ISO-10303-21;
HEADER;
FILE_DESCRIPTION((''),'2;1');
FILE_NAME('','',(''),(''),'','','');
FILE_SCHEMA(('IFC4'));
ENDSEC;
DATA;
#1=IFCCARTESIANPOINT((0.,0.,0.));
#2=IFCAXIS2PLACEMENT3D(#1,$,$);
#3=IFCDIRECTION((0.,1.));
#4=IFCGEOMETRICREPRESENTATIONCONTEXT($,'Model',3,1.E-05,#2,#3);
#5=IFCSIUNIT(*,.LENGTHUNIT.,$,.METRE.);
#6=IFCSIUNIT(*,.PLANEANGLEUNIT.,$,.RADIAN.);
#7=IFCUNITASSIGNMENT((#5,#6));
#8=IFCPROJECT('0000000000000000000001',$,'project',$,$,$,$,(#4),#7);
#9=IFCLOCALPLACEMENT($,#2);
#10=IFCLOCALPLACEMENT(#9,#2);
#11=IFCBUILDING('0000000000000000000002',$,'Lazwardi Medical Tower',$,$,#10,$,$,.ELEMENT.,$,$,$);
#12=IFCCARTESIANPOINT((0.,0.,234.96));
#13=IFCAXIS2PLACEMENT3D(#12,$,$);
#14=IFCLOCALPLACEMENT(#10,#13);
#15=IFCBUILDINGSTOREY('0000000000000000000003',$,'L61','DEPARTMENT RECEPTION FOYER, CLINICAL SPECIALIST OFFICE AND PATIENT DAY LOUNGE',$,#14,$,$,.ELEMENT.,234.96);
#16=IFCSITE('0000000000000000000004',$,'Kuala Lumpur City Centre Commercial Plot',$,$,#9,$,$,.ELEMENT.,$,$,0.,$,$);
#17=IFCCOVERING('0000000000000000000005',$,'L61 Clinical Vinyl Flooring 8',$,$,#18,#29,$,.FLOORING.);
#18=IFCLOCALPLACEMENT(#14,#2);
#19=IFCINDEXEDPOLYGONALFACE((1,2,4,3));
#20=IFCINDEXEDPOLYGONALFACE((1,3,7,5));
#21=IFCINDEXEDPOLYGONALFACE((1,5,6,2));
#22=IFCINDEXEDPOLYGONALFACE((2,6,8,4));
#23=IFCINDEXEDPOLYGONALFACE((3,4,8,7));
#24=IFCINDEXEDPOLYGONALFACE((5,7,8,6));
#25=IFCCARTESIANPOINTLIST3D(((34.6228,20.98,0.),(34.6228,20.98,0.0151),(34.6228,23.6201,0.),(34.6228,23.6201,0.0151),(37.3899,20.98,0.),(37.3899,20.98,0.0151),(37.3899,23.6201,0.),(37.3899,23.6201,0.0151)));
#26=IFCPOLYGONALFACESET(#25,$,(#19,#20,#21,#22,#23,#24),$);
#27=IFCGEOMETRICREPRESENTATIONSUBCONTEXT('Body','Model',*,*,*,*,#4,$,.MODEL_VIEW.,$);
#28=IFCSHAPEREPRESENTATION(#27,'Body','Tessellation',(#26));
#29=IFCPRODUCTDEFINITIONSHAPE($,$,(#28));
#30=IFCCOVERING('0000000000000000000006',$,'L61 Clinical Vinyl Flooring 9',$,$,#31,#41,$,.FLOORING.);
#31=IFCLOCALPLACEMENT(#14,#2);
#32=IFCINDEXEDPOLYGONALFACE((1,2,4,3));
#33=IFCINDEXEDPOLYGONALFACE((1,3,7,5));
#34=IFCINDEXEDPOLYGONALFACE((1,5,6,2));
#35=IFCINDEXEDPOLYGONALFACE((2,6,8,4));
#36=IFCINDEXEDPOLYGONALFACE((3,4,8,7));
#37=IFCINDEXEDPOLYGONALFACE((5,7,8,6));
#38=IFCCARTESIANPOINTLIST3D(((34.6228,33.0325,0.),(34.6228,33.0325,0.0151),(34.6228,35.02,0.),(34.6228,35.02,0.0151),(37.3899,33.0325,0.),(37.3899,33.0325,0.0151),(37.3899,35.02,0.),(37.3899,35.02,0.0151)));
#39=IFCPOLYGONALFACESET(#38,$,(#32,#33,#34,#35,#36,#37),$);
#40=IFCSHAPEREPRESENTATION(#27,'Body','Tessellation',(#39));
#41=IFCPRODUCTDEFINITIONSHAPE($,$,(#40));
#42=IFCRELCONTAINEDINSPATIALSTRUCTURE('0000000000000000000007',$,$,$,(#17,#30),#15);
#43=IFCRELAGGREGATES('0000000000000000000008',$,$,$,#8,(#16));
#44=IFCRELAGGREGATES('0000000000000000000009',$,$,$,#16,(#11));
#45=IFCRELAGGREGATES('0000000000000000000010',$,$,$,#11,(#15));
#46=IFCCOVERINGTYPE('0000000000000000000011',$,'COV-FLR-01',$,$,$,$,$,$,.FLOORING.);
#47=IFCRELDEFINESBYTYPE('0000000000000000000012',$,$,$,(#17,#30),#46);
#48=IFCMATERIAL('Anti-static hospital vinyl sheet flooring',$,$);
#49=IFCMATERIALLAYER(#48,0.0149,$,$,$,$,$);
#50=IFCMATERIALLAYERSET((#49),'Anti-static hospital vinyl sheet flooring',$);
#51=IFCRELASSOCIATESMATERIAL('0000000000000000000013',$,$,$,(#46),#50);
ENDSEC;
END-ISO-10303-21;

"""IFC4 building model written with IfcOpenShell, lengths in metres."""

from ifc_helpers import new_model, si_unit, direction, frame, origin, place, context, subcontext, project, spatial, polyline, outline, extrude, material, layer, layer_set, type_object, element, save


model = new_model("IFC4")

# Units and contexts
model_context = context("Model", 3, precision=1e-05, world=origin(), true_north=direction((0.0, 1.0)))
body_context = subcontext(model_context, "Body", "Model", "MODEL_VIEW")
ifc_project = project(units=[si_unit("LENGTHUNIT", "METRE"), si_unit("PLANEANGLEUNIT", "RADIAN")], contexts=[model_context])

# Site, building, storey
site_placement = place(None, origin())
site = spatial("IfcSite", under=ifc_project, at=site_placement, Name="Kuala Lumpur City Centre Commercial Plot", CompositionType="ELEMENT", RefElevation=0.0)
building_placement = place(site_placement, origin())
building = spatial("IfcBuilding", under=site, at=building_placement, Name="Lazwardi Medical Tower", CompositionType="ELEMENT")
storey_placement = place(building_placement, frame((0.0, 0.0, 234.96)))
storey = spatial("IfcBuildingStorey", under=building, at=storey_placement, Name="L61", Description="DEPARTMENT RECEPTION FOYER, CLINICAL SPECIALIST OFFICE AND PATIENT DAY LOUNGE", CompositionType="ELEMENT", Elevation=234.96)

# Coverings
ifc_material_1 = material(Name="Anti-static hospital vinyl sheet flooring")
ifc_layer_1 = layer(ifc_material_1, 0.0149)
ifc_layer_set_1 = layer_set([ifc_layer_1], Name="Anti-static hospital vinyl sheet flooring")
covering_type_1 = type_object("IfcCoveringType", Name="COV-FLR-01", PredefinedType="FLOORING", material=ifc_layer_set_1)
covering_1_placement = place(storey_placement, origin())
element("IfcCovering", 1, at=covering_1_placement, inside=storey, type_object=covering_type_1, Name="L61 Clinical Vinyl Flooring 8", PredefinedType="FLOORING", context=body_context, shape_type="SweptSolid", body=[
    extrude(outline(polyline([(34.6228, 20.98), (37.3899, 20.98), (37.3899, 23.6201), (34.6228, 23.6201), (34.6228, 20.98)])), origin(), (0.0, 0.0, 1.0), 0.0151),
])
covering_2_placement = place(storey_placement, origin())
element("IfcCovering", 2, at=covering_2_placement, inside=storey, type_object=covering_type_1, Name="L61 Clinical Vinyl Flooring 9", PredefinedType="FLOORING", context=body_context, shape_type="SweptSolid", body=[
    extrude(outline(polyline([(37.3899, 33.0325), (37.3899, 35.02), (34.6228, 35.02), (34.6228, 33.0325), (37.3899, 33.0325)])), origin(), (0.0, 0.0, 1.0), 0.0151),
])

save(model, "model.ifc")
